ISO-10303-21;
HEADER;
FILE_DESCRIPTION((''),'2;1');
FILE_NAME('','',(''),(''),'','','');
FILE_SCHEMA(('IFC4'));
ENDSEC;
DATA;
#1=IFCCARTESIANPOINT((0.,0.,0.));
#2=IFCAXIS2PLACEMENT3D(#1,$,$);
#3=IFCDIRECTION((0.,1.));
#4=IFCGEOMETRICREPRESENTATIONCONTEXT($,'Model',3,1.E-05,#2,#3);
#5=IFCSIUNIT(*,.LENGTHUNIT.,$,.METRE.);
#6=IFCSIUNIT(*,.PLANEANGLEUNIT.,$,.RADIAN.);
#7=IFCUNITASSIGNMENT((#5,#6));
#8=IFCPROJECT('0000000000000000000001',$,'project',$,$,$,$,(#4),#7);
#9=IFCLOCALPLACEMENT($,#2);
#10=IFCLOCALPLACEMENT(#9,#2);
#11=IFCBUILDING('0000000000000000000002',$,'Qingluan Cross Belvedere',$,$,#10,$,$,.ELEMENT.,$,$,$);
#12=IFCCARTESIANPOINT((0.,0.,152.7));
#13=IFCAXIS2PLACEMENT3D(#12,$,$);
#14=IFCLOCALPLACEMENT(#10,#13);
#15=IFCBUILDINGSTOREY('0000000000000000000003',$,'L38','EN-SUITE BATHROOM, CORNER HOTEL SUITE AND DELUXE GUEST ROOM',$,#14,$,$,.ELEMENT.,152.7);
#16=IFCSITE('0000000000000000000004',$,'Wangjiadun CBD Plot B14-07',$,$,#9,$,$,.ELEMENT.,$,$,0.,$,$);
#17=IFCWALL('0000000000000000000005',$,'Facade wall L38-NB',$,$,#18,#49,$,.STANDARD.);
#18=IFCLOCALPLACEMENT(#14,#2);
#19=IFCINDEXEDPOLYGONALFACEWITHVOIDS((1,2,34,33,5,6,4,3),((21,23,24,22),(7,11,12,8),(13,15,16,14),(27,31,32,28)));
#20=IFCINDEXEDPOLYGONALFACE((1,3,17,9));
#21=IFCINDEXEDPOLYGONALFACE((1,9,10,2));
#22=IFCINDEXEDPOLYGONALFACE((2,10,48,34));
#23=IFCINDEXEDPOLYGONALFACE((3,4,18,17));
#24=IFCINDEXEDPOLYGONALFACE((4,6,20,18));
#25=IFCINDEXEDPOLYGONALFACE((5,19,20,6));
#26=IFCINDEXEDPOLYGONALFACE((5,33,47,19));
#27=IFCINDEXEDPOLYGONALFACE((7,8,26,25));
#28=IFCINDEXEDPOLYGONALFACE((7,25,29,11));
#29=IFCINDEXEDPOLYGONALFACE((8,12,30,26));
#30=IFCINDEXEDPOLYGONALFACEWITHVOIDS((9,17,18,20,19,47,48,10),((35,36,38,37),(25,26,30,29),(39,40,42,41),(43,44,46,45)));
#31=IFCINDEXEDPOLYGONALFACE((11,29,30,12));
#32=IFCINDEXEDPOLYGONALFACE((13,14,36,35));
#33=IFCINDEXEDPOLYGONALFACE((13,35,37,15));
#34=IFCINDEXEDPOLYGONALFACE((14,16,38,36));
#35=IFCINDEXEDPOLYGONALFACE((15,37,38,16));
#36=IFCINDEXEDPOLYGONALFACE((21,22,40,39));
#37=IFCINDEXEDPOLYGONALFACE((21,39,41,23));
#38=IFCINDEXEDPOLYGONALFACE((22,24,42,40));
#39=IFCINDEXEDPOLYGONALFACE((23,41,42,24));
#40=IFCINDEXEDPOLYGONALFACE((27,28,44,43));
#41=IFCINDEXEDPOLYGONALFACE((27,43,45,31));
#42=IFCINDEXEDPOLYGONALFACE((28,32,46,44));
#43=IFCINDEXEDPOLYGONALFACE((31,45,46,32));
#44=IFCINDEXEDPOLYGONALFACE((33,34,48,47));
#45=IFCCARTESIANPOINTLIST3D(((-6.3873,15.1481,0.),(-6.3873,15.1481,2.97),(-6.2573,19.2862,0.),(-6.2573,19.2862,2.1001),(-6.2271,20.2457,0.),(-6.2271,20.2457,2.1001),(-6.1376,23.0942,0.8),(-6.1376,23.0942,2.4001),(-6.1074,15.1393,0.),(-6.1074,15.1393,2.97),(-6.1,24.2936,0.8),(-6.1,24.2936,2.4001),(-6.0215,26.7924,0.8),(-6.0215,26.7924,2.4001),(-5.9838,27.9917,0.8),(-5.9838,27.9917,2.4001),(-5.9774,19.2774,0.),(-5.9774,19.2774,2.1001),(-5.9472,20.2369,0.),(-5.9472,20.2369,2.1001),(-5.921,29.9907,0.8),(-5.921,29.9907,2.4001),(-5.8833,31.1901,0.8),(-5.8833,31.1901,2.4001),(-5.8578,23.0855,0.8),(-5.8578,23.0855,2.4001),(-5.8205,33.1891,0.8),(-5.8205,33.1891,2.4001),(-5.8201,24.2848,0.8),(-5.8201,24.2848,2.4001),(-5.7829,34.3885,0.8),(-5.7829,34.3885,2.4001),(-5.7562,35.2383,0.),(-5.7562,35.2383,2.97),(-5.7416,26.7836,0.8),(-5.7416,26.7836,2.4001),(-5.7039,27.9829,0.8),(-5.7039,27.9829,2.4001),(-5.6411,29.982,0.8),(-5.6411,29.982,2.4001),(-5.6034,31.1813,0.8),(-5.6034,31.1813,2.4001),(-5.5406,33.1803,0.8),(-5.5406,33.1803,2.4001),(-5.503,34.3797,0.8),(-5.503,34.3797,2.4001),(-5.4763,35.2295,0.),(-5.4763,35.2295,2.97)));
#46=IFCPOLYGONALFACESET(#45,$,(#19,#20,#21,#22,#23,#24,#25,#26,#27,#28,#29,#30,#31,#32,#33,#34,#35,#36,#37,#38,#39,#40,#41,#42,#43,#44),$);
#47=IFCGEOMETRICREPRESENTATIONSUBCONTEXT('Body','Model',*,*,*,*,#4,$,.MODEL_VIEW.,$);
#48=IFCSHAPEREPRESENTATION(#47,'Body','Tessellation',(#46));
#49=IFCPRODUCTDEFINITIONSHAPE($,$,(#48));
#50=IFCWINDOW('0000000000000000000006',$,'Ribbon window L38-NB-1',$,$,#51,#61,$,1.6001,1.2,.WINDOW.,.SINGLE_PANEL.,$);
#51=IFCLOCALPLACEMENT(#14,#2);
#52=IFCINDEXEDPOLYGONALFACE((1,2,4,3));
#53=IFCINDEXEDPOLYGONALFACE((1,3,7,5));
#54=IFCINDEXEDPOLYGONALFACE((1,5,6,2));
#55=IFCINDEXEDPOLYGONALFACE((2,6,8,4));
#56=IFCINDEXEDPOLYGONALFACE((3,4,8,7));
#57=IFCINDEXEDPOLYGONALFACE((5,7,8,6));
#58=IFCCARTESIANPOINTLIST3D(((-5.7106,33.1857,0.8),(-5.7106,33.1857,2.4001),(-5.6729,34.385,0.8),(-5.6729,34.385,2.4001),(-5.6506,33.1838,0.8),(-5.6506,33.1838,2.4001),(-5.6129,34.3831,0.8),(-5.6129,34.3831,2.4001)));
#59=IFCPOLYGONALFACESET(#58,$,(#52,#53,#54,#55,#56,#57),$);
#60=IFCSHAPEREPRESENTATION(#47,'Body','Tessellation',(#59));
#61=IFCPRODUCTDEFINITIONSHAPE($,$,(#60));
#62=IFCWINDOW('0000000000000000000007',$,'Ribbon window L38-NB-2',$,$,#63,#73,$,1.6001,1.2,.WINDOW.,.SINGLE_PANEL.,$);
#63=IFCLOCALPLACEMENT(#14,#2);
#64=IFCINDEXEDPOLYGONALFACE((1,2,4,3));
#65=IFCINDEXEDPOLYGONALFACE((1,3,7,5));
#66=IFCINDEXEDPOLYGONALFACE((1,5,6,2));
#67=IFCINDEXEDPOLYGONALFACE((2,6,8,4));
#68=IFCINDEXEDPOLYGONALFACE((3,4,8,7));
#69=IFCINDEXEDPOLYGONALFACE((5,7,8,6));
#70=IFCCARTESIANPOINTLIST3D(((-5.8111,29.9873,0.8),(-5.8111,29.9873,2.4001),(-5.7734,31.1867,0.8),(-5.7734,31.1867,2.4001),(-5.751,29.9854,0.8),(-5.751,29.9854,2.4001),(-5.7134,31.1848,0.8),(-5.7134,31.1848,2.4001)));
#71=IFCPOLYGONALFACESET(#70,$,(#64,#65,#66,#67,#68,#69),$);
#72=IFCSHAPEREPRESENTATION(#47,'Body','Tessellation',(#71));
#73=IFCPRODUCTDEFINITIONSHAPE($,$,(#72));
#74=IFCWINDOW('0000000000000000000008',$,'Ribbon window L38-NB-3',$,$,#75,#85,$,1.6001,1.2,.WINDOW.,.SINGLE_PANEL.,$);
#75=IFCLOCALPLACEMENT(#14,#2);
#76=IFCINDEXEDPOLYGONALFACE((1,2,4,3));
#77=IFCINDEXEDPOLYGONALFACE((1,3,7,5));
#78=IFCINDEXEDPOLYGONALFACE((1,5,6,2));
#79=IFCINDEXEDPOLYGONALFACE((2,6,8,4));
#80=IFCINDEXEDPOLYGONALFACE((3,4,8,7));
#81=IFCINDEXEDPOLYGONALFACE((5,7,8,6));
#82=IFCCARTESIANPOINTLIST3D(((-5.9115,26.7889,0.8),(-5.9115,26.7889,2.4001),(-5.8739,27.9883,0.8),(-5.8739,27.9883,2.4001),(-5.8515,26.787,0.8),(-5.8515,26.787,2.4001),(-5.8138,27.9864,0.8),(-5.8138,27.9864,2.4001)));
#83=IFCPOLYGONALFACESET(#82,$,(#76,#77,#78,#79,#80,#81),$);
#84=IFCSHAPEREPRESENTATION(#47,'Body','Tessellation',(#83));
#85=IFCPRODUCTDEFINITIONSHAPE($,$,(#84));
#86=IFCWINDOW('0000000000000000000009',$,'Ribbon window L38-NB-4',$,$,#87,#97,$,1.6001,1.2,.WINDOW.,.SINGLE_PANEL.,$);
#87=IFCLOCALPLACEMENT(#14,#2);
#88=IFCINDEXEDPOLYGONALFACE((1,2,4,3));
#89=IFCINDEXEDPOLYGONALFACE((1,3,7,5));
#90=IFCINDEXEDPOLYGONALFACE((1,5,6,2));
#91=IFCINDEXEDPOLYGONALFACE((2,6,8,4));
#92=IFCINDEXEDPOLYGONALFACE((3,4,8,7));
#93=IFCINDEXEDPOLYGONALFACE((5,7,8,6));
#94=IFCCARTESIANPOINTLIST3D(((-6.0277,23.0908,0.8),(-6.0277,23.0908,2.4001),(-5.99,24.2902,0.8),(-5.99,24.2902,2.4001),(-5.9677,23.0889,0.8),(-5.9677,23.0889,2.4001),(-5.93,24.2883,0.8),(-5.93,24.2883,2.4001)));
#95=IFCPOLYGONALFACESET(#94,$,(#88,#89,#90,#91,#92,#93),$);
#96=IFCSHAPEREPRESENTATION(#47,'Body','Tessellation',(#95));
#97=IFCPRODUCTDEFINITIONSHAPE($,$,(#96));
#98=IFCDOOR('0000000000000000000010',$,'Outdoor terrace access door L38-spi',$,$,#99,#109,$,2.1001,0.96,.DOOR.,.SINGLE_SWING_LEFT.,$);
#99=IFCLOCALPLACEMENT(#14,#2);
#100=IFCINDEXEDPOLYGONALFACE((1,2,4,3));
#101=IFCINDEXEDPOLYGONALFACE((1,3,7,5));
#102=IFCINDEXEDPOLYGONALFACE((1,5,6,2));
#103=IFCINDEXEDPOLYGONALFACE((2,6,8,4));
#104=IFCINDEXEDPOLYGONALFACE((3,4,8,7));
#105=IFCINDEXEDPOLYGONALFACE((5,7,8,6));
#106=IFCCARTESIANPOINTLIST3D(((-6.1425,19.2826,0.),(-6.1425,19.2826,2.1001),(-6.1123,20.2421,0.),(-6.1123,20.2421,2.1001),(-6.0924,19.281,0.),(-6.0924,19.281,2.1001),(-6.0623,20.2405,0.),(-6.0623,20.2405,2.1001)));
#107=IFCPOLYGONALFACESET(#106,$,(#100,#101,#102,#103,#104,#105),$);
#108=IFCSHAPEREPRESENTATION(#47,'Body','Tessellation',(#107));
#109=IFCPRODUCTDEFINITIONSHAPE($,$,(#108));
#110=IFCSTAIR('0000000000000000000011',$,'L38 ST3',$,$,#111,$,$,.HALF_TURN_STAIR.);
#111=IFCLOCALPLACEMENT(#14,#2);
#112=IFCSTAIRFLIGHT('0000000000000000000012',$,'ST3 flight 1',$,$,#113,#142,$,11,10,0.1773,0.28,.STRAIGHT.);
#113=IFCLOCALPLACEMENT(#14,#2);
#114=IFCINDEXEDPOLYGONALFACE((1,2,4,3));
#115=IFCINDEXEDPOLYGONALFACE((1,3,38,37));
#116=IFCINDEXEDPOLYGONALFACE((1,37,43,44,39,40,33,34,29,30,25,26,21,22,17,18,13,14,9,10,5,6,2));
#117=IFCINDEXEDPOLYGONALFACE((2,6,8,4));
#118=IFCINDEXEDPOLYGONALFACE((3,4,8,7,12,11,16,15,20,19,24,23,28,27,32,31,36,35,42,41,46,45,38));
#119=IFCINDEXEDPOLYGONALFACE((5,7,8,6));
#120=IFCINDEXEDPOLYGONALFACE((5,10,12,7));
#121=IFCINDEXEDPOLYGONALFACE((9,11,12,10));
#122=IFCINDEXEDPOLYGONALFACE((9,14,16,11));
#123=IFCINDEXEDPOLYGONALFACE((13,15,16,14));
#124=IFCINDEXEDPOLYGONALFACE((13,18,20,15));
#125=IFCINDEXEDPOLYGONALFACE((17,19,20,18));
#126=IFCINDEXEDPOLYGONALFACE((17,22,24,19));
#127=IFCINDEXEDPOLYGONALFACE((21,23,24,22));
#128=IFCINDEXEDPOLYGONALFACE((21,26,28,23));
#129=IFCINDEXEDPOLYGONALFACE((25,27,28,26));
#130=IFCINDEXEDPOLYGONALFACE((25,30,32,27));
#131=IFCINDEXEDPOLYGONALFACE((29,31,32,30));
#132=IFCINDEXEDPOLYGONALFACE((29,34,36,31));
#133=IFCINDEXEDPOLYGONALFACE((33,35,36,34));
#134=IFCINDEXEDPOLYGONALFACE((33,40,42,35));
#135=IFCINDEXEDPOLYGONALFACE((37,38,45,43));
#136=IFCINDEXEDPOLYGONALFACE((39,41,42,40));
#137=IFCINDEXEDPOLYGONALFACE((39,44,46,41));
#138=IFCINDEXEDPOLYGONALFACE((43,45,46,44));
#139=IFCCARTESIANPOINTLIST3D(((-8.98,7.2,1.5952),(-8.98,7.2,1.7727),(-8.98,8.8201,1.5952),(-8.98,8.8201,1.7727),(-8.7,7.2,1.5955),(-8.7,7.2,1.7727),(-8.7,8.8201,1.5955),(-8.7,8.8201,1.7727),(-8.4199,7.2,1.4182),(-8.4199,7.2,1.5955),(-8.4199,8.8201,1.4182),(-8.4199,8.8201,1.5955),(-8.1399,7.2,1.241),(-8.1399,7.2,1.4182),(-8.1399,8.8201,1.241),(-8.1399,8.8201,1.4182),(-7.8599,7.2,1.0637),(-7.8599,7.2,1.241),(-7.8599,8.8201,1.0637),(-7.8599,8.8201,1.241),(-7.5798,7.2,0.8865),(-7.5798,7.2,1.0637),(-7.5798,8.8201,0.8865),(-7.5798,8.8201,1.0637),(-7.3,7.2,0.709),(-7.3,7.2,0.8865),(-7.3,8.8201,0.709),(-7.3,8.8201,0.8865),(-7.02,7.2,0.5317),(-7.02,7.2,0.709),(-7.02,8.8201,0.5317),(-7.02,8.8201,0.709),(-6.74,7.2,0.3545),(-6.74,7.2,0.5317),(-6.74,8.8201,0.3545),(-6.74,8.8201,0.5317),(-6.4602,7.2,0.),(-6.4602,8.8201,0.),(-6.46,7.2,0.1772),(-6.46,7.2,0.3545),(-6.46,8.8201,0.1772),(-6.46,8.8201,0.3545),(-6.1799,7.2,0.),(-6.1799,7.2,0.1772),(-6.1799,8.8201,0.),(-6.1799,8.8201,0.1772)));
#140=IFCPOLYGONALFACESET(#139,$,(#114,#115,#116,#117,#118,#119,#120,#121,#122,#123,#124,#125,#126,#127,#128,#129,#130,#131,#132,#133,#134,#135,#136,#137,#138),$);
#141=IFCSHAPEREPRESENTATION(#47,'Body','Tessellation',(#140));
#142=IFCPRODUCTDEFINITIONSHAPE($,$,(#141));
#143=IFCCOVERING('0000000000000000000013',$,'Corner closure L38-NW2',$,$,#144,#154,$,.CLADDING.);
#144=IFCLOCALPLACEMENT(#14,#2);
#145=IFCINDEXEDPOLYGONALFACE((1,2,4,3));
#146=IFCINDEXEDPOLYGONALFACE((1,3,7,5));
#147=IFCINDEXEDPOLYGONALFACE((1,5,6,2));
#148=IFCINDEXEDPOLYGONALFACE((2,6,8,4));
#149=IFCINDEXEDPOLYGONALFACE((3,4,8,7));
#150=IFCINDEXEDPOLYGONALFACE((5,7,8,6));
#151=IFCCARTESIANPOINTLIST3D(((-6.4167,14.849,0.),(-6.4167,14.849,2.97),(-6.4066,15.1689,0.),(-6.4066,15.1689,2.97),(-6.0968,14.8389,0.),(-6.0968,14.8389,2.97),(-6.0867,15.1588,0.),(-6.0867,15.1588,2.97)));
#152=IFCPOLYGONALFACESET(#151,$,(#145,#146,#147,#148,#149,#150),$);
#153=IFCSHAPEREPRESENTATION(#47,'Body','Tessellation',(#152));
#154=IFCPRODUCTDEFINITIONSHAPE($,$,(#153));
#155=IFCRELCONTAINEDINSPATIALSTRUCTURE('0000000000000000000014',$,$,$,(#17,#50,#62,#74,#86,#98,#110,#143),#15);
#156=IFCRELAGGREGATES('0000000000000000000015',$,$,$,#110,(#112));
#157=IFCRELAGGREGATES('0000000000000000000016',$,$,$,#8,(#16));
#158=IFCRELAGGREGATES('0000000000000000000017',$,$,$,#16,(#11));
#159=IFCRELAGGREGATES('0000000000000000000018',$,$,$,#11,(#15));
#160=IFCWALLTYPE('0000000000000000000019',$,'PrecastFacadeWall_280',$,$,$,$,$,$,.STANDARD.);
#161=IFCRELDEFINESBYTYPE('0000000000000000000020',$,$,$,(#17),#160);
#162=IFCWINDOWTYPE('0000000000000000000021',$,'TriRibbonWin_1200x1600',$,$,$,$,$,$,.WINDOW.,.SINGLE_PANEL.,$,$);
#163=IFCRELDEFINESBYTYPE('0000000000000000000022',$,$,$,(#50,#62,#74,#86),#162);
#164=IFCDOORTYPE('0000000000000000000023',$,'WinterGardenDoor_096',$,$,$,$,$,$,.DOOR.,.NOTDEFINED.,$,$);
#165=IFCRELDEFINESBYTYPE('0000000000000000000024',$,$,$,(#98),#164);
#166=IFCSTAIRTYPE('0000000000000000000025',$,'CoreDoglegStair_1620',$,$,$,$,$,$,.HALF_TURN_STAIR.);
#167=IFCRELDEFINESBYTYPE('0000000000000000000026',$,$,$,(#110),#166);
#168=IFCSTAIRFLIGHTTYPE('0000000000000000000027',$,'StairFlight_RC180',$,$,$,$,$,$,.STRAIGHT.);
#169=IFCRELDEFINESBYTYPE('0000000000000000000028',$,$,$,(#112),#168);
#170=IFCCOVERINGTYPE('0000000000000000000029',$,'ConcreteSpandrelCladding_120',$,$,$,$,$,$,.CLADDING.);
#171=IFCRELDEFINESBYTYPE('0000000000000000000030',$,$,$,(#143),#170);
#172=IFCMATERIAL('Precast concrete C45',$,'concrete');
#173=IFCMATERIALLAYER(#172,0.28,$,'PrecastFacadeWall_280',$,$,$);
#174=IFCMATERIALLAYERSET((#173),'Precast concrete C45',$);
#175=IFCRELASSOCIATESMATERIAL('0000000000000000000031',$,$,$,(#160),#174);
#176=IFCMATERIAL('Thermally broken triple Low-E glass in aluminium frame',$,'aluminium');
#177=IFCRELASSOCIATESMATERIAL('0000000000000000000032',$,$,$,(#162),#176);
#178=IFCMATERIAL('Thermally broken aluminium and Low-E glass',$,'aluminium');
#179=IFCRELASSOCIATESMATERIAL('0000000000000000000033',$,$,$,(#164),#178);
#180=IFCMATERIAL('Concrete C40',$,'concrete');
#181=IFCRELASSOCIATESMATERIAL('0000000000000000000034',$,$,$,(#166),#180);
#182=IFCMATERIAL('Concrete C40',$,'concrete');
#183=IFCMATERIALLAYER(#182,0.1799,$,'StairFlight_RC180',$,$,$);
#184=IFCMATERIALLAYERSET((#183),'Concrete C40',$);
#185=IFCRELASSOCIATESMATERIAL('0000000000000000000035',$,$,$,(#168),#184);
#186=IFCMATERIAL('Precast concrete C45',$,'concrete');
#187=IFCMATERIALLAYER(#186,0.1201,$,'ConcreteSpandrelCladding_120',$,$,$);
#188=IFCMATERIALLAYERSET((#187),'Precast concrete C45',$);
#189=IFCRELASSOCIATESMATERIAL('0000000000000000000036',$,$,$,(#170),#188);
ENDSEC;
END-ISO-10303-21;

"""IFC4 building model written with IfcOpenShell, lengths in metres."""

from ifc_helpers import new_model, si_unit, direction, frame, frame_2d, origin, origin_2d, place, context, subcontext, project, spatial, polyline, rectangle, outline, extrude, material, layer, layer_set, type_object, element, fill, aggregate, save


model = new_model("IFC4")

# Units and contexts
model_context = context("Model", 3, precision=1e-05, world=origin(), true_north=direction((0.0, 1.0)))
body_context = subcontext(model_context, "Body", "Model", "MODEL_VIEW")
ifc_project = project(units=[si_unit("LENGTHUNIT", "METRE"), si_unit("PLANEANGLEUNIT", "RADIAN")], contexts=[model_context])

# Site, building, storey
site_placement = place(None, origin())
site = spatial("IfcSite", under=ifc_project, at=site_placement, Name="Wangjiadun CBD Plot B14-07", CompositionType="ELEMENT", RefElevation=0.0)
building_placement = place(site_placement, origin())
building = spatial("IfcBuilding", under=site, at=building_placement, Name="Qingluan Cross Belvedere", CompositionType="ELEMENT")
storey_placement = place(building_placement, frame((0.0, 0.0, 152.7)))
storey = spatial("IfcBuildingStorey", under=building, at=storey_placement, Name="L38", Description="EN-SUITE BATHROOM, CORNER HOTEL SUITE AND DELUXE GUEST ROOM", CompositionType="ELEMENT", Elevation=152.7)

# Wall, openings, windows, door
ifc_material_1 = material(Name="Precast concrete C45", Category="concrete")
ifc_layer_1 = layer(ifc_material_1, 0.28, Name="PrecastFacadeWall_280")
ifc_layer_set_1 = layer_set([ifc_layer_1], Name="Precast concrete C45")
wall_type_1 = type_object("IfcWallType", Name="PrecastFacadeWall_280", PredefinedType="STANDARD", material=ifc_layer_set_1)
wall_1_placement = place(storey_placement, frame((-5.6162, 35.2339, 0.0), z_axis=(0.0, 0.0, 1.0), x_axis=(-0.031398, -0.999507, 0.0)))
wall_1 = element("IfcWall", 1, at=wall_1_placement, inside=storey, type_object=wall_type_1, Name="Facade wall L38-NB", PredefinedType="STANDARD", context=body_context, shape_type="SweptSolid", body=[
    extrude(rectangle(XDim=20.1001, YDim=0.28, at=frame_2d((10.05, 0.0))), origin(), (0.0, 0.0, 1.0), 2.97),
])
opening_1_placement = place(wall_1_placement, frame((0.8501, 0.0, 0.8)))
opening_1 = element("IfcOpeningElement", 2, at=opening_1_placement, cuts=wall_1, PredefinedType="OPENING", context=body_context, shape_type="SweptSolid", body=[
    extrude(rectangle(XDim=1.2, YDim=1.6001, at=frame_2d((0.6001, 0.8))), frame((0.0, 0.1499, 0.0), z_axis=(0.0, -1.0, 0.0), x_axis=(1.0, 0.0, 0.0)), (0.0, 0.0, 1.0), 0.3),
])
opening_2_placement = place(wall_1_placement, frame((4.05, 0.0, 0.8)))
opening_2 = element("IfcOpeningElement", 3, at=opening_2_placement, cuts=wall_1, PredefinedType="OPENING", context=body_context, shape_type="SweptSolid", body=[
    extrude(rectangle(XDim=1.2, YDim=1.6001, at=frame_2d((0.6001, 0.8))), frame((0.0, 0.1499, 0.0), z_axis=(0.0, -1.0, 0.0), x_axis=(1.0, 0.0, 0.0)), (0.0, 0.0, 1.0), 0.3),
])
opening_3_placement = place(wall_1_placement, frame((7.25, 0.0, 0.8)))
opening_3 = element("IfcOpeningElement", 4, at=opening_3_placement, cuts=wall_1, PredefinedType="OPENING", context=body_context, shape_type="SweptSolid", body=[
    extrude(rectangle(XDim=1.2, YDim=1.6001, at=frame_2d((0.6001, 0.8))), frame((0.0, 0.1499, 0.0), z_axis=(0.0, -1.0, 0.0), x_axis=(1.0, 0.0, 0.0)), (0.0, 0.0, 1.0), 0.3),
])
opening_4_placement = place(wall_1_placement, frame((10.95, 0.0, 0.8)))
opening_4 = element("IfcOpeningElement", 5, at=opening_4_placement, cuts=wall_1, PredefinedType="OPENING", context=body_context, shape_type="SweptSolid", body=[
    extrude(rectangle(XDim=1.2, YDim=1.6001, at=frame_2d((0.6001, 0.8))), frame((0.0, 0.1499, 0.0), z_axis=(0.0, -1.0, 0.0), x_axis=(1.0, 0.0, 0.0)), (0.0, 0.0, 1.0), 0.3),
])
opening_5_placement = place(wall_1_placement, frame((15.0, 0.0, 0.0)))
opening_5 = element("IfcOpeningElement", 6, at=opening_5_placement, cuts=wall_1, PredefinedType="OPENING", context=body_context, shape_type="SweptSolid", body=[
    extrude(rectangle(XDim=0.96, YDim=2.1001, at=frame_2d((0.48, 1.05))), frame((0.0, 0.1499, 0.0), z_axis=(0.0, -1.0, 0.0), x_axis=(1.0, 0.0, 0.0)), (0.0, 0.0, 1.0), 0.3),
])
ifc_material_2 = material(Name="Thermally broken triple Low-E glass in aluminium frame", Category="aluminium")
window_type = type_object("IfcWindowType", Name="TriRibbonWin_1200x1600", PartitioningType="SINGLE_PANEL", PredefinedType="WINDOW", material=ifc_material_2)
window_1_placement = place(opening_1_placement, origin())
window_1 = element("IfcWindow", 7, at=window_1_placement, inside=storey, type_object=window_type, Name="Ribbon window L38-NB-1", OverallHeight=1.6001, OverallWidth=1.2, PartitioningType="SINGLE_PANEL", PredefinedType="WINDOW", context=body_context, shape_type="SweptSolid", body=[
    extrude(rectangle(XDim=1.2, YDim=1.6001, at=frame_2d((0.6001, 0.8))), frame((0.0, 0.03, 0.0), z_axis=(0.0, -1.0, 0.0), x_axis=(1.0, 0.0, 0.0)), (0.0, 0.0, 1.0), 0.0601),
])
fill(opening_1, window_1)
window_2_placement = place(opening_2_placement, origin())
window_2 = element("IfcWindow", 8, at=window_2_placement, inside=storey, type_object=window_type, Name="Ribbon window L38-NB-2", OverallHeight=1.6001, OverallWidth=1.2, PartitioningType="SINGLE_PANEL", PredefinedType="WINDOW", context=body_context, shape_type="SweptSolid", body=[
    extrude(rectangle(XDim=1.2, YDim=1.6001, at=frame_2d((0.6001, 0.8))), frame((0.0, 0.03, 0.0), z_axis=(0.0, -1.0, 0.0), x_axis=(1.0, 0.0, 0.0)), (0.0, 0.0, 1.0), 0.0601),
])
fill(opening_2, window_2)
window_3_placement = place(opening_3_placement, origin())
window_3 = element("IfcWindow", 9, at=window_3_placement, inside=storey, type_object=window_type, Name="Ribbon window L38-NB-3", OverallHeight=1.6001, OverallWidth=1.2, PartitioningType="SINGLE_PANEL", PredefinedType="WINDOW", context=body_context, shape_type="SweptSolid", body=[
    extrude(rectangle(XDim=1.2, YDim=1.6001, at=frame_2d((0.6001, 0.8))), frame((0.0, 0.03, 0.0), z_axis=(0.0, -1.0, 0.0), x_axis=(1.0, 0.0, 0.0)), (0.0, 0.0, 1.0), 0.0601),
])
fill(opening_3, window_3)
window_4_placement = place(opening_4_placement, origin())
window_4 = element("IfcWindow", 10, at=window_4_placement, inside=storey, type_object=window_type, Name="Ribbon window L38-NB-4", OverallHeight=1.6001, OverallWidth=1.2, PartitioningType="SINGLE_PANEL", PredefinedType="WINDOW", context=body_context, shape_type="SweptSolid", body=[
    extrude(rectangle(XDim=1.2, YDim=1.6001, at=frame_2d((0.6001, 0.8))), frame((0.0, 0.03, 0.0), z_axis=(0.0, -1.0, 0.0), x_axis=(1.0, 0.0, 0.0)), (0.0, 0.0, 1.0), 0.0601),
])
fill(opening_4, window_4)
ifc_material_3 = material(Name="Thermally broken aluminium and Low-E glass", Category="aluminium")
door_type_1 = type_object("IfcDoorType", Name="WinterGardenDoor_096", OperationType="NOTDEFINED", PredefinedType="DOOR", material=ifc_material_3)
door_1_placement = place(opening_5_placement, origin())
door_1 = element("IfcDoor", 11, at=door_1_placement, inside=storey, type_object=door_type_1, Name="Outdoor terrace access door L38-spi", OperationType="SINGLE_SWING_LEFT", OverallHeight=2.1001, OverallWidth=0.96, PredefinedType="DOOR", context=body_context, shape_type="SweptSolid", body=[
    extrude(rectangle(XDim=0.96, YDim=2.1001, at=frame_2d((0.48, 1.05))), frame((0.0, 0.0249, 0.0), z_axis=(0.0, -1.0, 0.0), x_axis=(1.0, 0.0, 0.0)), (0.0, 0.0, 1.0), 0.05),
])
fill(opening_5, door_1)

# Stair, stair flight
ifc_material_4 = material(Name="Concrete C40", Category="concrete")
stair_type = type_object("IfcStairType", Name="CoreDoglegStair_1620", PredefinedType="HALF_TURN_STAIR", material=ifc_material_4)
stair_placement = place(storey_placement, origin())
stair = element("IfcStair", 12, at=stair_placement, inside=storey, type_object=stair_type, Name="L38 ST3", PredefinedType="HALF_TURN_STAIR")
ifc_material_5 = material(Name="Concrete C40", Category="concrete")
ifc_layer_2 = layer(ifc_material_5, 0.1799, Name="StairFlight_RC180")
ifc_layer_set_2 = layer_set([ifc_layer_2], Name="Concrete C40")
stair_flight_type = type_object("IfcStairFlightType", Name="StairFlight_RC180", PredefinedType="STRAIGHT", material=ifc_layer_set_2)
stair_flight_placement = place(storey_placement, frame((-6.1799, 8.01, 0.0), z_axis=(0.0, 0.0, 1.0), x_axis=(-1.0, 0.0, 0.0)))
stair_flight = element("IfcStairFlight", 13, at=stair_flight_placement, type_object=stair_flight_type, Name="ST3 flight 1", NumberOfRisers=11, NumberOfTreads=10, PredefinedType="STRAIGHT", RiserHeight=0.1773, TreadLength=0.28, context=body_context, shape_type="SweptSolid", body=[
    extrude(outline(polyline([(0.0, 0.0), (0.0, 0.1772), (0.28, 0.1772), (0.28, 0.3545), (0.5601, 0.3545), (0.5601, 0.5317), (0.8401, 0.5317), (0.8401, 0.709), (1.1201, 0.709), (1.1201, 0.8865), (1.3999, 0.8865), (1.3999, 1.0637), (1.6799, 1.0637), (1.6799, 1.241), (1.96, 1.241), (1.96, 1.4182), (2.24, 1.4182), (2.24, 1.5955), (2.52, 1.5955), (2.52, 1.7727), (2.8, 1.7727), (2.8, 1.95), (2.8, 1.5952), (0.2803, 0.0), (0.0, 0.0)])), frame((0.0, 0.8101, 0.0), z_axis=(0.0, -1.0, 0.0), x_axis=(1.0, 0.0, 0.0)), (0.0, 0.0, 1.0), 1.6201),
])
aggregate(stair, [stair_flight])

# Covering
ifc_material_6 = material(Name="Precast concrete C45", Category="concrete")
ifc_layer_3 = layer(ifc_material_6, 0.1201, Name="ConcreteSpandrelCladding_120")
ifc_layer_set_3 = layer_set([ifc_layer_3], Name="Precast concrete C45")
covering_type = type_object("IfcCoveringType", Name="ConcreteSpandrelCladding_120", PredefinedType="CLADDING", material=ifc_layer_set_3)
covering_placement = place(storey_placement, frame((-6.2517, 15.0039, 0.0), z_axis=(0.0, 0.0, 1.0), x_axis=(0.999507, -0.031411, 0.0)))
element("IfcCovering", 14, at=covering_placement, inside=storey, type_object=covering_type, Name="Corner closure L38-NW2", PredefinedType="CLADDING", context=body_context, shape_type="SweptSolid", body=[
    extrude(rectangle(XDim=0.3201, YDim=0.3201, at=origin_2d()), origin(), (0.0, 0.0, 1.0), 2.97),
])

save(model, "model.ifc")
